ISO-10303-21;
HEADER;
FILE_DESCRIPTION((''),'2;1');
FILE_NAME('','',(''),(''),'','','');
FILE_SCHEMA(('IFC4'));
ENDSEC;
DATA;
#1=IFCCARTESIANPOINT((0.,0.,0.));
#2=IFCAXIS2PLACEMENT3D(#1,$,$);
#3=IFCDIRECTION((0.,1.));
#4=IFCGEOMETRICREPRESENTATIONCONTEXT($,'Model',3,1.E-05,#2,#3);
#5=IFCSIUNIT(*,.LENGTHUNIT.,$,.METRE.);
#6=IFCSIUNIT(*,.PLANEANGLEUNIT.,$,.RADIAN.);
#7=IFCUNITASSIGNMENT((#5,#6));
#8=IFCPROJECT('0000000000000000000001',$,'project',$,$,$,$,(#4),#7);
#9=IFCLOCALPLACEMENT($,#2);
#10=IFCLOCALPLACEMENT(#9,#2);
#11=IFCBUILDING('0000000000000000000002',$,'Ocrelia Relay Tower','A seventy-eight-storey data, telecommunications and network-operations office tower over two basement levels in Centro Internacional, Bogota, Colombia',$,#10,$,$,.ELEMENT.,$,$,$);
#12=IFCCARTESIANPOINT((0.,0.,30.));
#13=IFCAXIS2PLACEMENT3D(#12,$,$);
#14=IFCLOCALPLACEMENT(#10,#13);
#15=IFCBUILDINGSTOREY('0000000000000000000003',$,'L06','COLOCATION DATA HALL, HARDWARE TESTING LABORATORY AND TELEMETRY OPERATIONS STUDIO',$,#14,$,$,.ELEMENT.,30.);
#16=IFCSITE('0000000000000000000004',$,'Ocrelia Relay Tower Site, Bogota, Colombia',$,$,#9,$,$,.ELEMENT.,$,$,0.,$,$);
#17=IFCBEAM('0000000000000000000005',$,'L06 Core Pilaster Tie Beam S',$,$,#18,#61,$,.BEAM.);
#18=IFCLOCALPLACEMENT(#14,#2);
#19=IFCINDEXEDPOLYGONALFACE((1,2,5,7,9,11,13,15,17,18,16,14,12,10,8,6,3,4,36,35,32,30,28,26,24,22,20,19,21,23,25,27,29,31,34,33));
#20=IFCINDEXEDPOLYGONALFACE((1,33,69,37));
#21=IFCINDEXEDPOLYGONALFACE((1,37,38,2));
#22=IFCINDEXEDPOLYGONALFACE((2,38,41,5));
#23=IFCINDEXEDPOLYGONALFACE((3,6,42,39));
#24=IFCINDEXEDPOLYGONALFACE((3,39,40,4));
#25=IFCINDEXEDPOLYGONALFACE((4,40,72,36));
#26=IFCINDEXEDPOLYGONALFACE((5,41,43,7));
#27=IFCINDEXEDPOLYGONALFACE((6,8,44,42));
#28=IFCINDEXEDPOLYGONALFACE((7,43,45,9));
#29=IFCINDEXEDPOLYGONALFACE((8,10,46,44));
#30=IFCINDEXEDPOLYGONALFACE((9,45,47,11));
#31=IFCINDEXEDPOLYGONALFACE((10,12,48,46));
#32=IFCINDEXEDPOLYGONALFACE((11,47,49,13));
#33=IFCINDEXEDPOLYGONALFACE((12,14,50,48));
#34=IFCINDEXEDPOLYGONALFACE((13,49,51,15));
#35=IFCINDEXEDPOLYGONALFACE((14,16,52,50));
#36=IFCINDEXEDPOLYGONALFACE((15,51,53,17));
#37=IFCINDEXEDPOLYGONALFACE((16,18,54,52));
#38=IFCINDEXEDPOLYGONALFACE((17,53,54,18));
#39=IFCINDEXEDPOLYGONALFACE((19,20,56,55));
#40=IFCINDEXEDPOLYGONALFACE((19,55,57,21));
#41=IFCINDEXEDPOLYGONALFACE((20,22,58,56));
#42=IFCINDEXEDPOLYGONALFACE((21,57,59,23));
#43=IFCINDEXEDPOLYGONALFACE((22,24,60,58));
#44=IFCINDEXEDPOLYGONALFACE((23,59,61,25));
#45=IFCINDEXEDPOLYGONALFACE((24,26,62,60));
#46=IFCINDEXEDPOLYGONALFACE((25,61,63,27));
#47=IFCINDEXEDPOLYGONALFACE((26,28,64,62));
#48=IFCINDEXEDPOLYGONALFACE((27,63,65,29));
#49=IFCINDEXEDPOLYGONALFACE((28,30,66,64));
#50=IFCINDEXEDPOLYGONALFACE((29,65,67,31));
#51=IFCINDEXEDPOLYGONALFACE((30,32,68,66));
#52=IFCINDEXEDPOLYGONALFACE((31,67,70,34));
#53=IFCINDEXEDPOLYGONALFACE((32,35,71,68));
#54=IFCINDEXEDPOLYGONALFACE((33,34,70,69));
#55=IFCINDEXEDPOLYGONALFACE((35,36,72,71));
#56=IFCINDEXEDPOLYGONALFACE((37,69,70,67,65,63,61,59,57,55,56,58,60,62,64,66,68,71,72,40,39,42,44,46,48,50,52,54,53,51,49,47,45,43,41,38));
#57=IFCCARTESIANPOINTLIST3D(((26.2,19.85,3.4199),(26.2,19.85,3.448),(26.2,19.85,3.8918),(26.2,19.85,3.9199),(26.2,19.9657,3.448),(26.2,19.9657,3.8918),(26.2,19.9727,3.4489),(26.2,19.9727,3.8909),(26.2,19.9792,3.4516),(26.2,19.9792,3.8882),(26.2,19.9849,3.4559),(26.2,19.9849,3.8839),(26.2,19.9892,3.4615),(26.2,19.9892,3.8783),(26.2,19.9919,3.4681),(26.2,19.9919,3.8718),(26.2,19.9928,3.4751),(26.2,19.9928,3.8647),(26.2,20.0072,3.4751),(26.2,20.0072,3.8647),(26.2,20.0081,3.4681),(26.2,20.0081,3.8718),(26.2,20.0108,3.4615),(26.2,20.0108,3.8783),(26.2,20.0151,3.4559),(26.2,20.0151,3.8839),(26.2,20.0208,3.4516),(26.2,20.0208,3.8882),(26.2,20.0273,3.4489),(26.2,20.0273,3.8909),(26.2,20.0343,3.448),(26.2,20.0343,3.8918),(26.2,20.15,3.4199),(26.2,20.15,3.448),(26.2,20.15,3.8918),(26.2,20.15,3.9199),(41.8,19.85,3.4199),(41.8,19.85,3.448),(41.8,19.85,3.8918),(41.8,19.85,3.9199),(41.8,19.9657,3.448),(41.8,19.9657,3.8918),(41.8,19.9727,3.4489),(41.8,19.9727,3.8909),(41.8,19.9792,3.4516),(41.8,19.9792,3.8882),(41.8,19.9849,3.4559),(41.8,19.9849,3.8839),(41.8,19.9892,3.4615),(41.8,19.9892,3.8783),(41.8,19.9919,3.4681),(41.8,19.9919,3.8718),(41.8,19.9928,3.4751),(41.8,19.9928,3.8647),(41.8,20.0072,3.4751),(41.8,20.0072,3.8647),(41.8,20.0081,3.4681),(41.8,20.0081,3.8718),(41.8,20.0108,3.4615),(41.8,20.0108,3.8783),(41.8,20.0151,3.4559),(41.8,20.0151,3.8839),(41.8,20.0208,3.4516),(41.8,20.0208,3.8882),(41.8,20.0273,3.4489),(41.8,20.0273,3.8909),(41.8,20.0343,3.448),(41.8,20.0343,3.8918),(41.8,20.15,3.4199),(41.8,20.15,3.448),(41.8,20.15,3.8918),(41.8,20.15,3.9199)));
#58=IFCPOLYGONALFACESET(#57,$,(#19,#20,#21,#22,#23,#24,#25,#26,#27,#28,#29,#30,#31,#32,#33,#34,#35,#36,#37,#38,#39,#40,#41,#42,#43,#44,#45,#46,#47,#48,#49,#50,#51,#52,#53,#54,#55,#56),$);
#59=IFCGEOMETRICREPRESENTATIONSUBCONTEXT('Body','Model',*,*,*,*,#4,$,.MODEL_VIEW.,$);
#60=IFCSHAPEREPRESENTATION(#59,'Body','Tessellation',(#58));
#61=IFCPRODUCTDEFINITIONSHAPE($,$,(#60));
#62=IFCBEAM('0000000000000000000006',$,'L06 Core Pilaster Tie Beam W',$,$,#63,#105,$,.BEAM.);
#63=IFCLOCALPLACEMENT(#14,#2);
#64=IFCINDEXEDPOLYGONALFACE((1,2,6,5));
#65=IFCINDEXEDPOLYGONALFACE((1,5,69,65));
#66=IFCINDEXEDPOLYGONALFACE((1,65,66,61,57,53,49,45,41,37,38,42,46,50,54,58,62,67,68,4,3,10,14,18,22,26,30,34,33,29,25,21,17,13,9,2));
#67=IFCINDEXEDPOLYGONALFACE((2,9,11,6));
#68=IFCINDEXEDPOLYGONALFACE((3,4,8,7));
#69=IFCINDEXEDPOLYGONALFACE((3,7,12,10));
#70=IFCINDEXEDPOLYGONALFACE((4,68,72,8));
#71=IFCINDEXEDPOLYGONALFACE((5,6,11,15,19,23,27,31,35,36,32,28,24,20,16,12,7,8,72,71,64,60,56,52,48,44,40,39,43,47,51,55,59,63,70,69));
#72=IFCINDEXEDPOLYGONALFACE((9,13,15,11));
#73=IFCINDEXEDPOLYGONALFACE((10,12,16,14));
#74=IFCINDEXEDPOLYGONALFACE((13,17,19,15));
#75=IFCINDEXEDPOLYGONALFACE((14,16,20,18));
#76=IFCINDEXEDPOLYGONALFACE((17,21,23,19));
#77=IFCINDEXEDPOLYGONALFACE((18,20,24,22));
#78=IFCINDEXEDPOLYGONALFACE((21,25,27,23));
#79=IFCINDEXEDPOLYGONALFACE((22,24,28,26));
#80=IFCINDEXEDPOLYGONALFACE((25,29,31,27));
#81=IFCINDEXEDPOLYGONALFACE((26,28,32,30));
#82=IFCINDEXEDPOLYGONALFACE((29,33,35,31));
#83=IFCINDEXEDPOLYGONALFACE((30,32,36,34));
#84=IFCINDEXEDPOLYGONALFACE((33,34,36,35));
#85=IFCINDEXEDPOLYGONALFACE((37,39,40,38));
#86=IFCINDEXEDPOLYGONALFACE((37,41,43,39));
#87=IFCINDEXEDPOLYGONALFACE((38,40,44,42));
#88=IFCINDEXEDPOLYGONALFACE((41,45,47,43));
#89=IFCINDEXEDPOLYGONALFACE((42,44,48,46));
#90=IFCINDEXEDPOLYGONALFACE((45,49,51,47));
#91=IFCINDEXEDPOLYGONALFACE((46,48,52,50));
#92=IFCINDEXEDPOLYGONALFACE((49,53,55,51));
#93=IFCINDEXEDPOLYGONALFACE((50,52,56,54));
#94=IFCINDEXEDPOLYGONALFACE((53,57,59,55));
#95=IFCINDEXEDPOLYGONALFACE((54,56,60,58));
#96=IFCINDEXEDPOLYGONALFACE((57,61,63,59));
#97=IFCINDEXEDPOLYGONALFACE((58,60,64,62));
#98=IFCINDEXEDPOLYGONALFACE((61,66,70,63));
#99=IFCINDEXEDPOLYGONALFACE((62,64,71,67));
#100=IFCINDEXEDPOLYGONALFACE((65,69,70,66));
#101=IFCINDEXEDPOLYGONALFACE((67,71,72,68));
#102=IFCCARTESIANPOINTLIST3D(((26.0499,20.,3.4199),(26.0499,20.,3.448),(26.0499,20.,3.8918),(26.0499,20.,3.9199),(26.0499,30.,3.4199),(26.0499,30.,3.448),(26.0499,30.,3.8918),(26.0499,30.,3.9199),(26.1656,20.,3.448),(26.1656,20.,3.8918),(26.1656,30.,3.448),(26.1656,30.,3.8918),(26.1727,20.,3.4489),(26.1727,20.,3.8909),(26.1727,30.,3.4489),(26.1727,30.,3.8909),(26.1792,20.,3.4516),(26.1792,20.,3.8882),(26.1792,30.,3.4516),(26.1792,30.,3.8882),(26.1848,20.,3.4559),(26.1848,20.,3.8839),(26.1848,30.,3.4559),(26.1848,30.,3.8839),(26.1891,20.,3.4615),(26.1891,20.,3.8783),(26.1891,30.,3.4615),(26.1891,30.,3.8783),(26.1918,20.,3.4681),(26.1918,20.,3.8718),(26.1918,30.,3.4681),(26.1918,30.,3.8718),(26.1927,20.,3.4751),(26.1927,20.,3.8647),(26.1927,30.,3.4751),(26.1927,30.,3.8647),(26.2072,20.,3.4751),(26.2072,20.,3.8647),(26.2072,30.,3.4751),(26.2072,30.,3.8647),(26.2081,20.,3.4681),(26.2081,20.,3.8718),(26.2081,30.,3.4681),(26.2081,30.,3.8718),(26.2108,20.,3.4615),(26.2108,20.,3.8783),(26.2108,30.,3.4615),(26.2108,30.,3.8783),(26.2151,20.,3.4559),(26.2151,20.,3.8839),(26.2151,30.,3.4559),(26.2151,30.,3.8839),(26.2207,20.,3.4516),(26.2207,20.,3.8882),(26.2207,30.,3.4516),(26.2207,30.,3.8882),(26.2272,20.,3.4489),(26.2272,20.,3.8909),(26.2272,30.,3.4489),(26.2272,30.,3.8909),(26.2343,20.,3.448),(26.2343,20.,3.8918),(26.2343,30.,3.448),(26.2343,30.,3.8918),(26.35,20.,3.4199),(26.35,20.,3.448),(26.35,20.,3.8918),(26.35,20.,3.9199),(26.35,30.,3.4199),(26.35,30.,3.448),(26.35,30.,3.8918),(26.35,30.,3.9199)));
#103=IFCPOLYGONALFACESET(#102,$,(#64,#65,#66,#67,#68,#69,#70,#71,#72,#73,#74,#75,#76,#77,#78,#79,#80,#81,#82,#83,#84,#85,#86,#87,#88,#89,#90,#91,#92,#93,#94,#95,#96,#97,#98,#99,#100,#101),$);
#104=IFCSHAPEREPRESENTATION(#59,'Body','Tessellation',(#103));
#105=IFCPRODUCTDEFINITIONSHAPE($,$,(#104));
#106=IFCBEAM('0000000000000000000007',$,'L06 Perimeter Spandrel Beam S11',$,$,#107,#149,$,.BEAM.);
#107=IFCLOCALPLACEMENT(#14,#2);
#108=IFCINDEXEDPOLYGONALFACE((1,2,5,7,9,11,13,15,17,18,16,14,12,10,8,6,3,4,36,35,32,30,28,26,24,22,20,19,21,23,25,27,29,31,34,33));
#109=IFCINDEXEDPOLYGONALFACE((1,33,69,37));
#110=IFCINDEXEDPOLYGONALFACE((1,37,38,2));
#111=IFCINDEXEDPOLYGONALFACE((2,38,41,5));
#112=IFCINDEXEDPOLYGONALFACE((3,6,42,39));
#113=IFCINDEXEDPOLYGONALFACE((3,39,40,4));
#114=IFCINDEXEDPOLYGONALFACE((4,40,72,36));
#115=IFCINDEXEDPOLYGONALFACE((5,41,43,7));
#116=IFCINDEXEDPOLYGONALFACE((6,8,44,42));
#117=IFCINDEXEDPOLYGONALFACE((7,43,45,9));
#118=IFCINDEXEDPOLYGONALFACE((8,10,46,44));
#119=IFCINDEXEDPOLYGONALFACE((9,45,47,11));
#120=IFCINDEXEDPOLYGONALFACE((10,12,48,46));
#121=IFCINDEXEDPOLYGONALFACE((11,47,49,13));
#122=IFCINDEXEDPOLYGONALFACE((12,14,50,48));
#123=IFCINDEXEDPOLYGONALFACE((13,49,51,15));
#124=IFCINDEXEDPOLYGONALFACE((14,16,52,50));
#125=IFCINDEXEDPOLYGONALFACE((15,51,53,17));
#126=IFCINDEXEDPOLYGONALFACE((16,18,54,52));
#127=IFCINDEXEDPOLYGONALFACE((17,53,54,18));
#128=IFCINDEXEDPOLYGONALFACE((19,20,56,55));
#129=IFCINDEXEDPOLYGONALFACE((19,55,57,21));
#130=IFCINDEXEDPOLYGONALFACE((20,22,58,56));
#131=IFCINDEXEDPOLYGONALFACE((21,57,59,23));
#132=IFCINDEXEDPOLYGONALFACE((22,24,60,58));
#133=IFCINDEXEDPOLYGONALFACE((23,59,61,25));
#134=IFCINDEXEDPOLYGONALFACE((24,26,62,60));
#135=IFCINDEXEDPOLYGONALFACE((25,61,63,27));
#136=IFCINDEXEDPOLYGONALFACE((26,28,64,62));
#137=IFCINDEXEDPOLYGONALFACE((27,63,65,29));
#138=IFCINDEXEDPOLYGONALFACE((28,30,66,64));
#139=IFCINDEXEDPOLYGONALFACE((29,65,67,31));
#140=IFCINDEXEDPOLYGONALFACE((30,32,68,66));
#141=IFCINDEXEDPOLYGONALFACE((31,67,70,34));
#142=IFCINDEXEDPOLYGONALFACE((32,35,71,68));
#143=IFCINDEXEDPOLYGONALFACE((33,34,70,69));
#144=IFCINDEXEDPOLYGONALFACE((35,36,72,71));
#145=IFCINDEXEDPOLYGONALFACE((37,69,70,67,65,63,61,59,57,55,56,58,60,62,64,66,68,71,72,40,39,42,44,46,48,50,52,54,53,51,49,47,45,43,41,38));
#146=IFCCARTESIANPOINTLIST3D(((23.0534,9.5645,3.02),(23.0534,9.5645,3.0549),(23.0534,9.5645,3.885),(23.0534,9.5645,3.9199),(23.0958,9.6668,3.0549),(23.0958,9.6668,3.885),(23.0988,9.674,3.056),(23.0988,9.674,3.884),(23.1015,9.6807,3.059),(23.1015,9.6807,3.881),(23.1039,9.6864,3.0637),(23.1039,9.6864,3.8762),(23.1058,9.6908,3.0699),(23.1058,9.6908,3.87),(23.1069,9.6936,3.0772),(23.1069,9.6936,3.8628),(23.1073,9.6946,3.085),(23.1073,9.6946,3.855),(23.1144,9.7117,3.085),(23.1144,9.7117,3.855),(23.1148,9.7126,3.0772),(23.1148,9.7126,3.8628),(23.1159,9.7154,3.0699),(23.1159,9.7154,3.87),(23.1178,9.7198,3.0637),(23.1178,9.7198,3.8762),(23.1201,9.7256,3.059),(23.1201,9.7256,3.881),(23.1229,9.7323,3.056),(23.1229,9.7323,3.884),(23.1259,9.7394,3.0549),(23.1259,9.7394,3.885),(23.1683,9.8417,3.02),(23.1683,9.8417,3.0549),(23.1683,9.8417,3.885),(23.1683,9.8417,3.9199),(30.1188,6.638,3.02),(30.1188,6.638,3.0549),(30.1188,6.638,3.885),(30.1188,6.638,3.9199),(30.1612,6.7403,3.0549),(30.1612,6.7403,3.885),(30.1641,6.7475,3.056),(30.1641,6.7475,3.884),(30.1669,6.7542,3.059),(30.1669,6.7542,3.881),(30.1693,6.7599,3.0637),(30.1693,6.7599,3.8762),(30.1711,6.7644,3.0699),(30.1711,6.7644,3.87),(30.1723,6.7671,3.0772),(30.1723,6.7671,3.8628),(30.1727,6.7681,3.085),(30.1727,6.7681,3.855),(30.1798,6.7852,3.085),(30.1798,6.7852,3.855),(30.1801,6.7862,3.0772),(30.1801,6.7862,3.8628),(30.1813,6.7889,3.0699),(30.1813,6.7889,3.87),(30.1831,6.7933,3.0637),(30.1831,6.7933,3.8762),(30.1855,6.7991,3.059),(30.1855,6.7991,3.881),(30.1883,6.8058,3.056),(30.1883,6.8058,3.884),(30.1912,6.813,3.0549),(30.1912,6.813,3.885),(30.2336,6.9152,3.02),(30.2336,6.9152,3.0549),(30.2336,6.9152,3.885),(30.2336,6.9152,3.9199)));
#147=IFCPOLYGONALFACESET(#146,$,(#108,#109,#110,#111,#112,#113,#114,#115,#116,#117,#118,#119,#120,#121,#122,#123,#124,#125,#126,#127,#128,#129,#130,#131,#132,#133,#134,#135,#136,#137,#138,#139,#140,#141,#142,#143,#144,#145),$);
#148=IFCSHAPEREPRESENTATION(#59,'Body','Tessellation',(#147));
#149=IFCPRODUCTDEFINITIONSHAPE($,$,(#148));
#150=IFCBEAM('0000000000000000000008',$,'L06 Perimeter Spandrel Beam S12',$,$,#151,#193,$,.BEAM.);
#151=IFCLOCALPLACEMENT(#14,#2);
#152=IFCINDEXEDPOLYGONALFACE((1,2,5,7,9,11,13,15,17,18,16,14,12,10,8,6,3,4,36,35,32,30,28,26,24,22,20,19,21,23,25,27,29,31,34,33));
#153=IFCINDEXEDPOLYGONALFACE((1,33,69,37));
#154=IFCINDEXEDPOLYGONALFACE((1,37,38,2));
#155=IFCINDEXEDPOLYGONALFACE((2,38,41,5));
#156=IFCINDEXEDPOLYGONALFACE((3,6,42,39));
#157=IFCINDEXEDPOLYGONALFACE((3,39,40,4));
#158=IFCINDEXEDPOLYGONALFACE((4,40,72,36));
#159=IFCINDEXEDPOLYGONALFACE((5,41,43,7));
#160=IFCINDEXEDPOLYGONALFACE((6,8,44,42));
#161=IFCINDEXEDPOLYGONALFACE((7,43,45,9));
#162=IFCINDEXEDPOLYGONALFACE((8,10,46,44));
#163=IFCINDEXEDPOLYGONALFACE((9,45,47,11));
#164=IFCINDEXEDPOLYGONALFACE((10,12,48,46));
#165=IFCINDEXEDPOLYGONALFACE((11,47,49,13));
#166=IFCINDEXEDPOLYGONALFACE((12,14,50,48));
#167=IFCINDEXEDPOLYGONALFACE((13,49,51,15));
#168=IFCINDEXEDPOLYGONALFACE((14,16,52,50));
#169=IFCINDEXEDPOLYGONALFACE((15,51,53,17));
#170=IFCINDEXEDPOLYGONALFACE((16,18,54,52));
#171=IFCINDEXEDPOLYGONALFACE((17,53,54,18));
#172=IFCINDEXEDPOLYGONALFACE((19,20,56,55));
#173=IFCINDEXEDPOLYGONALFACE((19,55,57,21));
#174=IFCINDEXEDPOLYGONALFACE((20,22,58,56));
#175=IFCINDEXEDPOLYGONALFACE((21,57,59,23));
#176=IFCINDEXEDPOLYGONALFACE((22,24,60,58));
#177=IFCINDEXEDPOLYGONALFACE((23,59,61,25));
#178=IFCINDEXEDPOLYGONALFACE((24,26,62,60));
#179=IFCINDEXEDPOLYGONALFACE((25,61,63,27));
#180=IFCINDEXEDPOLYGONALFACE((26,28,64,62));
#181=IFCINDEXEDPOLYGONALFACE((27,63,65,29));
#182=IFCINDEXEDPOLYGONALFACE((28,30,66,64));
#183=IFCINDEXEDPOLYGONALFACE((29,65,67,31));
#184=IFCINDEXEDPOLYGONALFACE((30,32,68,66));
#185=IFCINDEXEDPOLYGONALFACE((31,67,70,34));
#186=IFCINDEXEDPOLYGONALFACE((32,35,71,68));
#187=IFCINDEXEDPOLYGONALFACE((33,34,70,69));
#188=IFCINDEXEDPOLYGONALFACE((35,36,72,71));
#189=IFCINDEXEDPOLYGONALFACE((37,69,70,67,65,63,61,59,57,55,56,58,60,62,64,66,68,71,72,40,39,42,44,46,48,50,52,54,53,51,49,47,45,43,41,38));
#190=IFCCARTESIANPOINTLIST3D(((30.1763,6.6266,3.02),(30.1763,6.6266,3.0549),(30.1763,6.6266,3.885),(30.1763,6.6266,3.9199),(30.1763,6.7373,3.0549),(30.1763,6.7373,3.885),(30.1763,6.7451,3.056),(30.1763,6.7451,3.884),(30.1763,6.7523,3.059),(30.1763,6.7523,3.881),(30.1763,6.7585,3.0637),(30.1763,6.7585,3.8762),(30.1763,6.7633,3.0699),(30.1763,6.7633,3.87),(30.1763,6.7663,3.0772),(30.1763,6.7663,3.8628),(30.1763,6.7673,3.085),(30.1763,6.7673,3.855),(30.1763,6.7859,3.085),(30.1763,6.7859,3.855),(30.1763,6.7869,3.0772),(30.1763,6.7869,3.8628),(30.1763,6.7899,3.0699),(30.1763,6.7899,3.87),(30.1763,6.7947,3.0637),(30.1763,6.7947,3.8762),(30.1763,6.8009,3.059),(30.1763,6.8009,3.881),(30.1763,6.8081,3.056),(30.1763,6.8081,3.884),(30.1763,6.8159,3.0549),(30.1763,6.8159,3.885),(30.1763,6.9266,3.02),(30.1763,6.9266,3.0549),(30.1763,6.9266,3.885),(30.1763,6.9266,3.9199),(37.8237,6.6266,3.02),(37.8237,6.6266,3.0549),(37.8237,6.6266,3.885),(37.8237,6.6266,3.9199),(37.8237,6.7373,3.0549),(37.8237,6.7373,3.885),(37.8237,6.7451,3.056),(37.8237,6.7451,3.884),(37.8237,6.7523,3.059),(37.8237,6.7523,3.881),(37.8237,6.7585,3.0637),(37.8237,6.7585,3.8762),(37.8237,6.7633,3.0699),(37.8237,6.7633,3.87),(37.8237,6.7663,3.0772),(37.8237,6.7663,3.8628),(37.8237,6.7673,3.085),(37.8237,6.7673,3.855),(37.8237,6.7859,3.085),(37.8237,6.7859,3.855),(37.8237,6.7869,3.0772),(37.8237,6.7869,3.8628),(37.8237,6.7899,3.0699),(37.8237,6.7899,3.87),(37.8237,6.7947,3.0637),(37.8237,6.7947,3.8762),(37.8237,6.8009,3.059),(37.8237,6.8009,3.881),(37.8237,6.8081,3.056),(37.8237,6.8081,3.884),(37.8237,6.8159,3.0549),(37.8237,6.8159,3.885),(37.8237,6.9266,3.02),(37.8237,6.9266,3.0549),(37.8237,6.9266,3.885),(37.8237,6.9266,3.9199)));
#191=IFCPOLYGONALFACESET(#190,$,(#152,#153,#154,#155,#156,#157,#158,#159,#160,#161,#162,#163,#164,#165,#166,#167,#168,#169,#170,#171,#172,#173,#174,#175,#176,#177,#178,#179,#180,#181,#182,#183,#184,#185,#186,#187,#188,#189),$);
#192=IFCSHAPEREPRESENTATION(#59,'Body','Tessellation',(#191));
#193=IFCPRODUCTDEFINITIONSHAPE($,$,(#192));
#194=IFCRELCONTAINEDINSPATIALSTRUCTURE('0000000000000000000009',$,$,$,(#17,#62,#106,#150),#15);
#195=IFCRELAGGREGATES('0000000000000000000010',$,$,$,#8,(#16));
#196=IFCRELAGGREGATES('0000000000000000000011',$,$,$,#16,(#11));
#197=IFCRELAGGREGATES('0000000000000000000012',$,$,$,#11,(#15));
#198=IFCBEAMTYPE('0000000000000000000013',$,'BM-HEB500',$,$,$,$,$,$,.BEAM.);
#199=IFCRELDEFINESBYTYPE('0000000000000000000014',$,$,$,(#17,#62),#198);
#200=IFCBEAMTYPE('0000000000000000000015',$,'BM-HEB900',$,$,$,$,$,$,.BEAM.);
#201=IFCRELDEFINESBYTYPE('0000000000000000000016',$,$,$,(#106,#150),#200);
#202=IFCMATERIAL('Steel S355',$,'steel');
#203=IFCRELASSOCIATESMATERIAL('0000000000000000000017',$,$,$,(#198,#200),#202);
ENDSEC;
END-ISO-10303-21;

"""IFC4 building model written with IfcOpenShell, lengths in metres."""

from ifc_helpers import new_model, si_unit, direction, frame, origin, origin_2d, place, context, subcontext, project, spatial, i_section, extrude, material, material_profile, profile_set, type_object, element, save


model = new_model("IFC4")

# Units and contexts
model_context = context("Model", 3, precision=1e-05, world=origin(), true_north=direction((0.0, 1.0)))
body_context = subcontext(model_context, "Body", "Model", "MODEL_VIEW")
ifc_project = project(units=[si_unit("LENGTHUNIT", "METRE"), si_unit("PLANEANGLEUNIT", "RADIAN")], contexts=[model_context])

# Site, building, storey
site_placement = place(None, origin())
site = spatial("IfcSite", under=ifc_project, at=site_placement, Name="Ocrelia Relay Tower Site, Bogota, Colombia", CompositionType="ELEMENT", RefElevation=0.0)
building_placement = place(site_placement, origin())
building = spatial("IfcBuilding", under=site, at=building_placement, Name="Ocrelia Relay Tower", Description="A seventy-eight-storey data, telecommunications and network-operations office tower over two basement levels in Centro Internacional, Bogota, Colombia", CompositionType="ELEMENT")
storey_placement = place(building_placement, frame((0.0, 0.0, 30.0)))
storey = spatial("IfcBuildingStorey", under=building, at=storey_placement, Name="L06", Description="COLOCATION DATA HALL, HARDWARE TESTING LABORATORY AND TELEMETRY OPERATIONS STUDIO", CompositionType="ELEMENT", Elevation=30.0)

# Beams
ifc_material_1 = material(Name="Steel S355", Category="steel")
ifc_material_profile_1 = material_profile(ifc_material_1, i_section(OverallWidth=0.3, OverallDepth=0.5, WebThickness=0.0144, FlangeThickness=0.0281, FilletRadius=0.0271, at=origin_2d()), Name="HEB 500")
ifc_profile_set_1 = profile_set([ifc_material_profile_1], Name="Steel S355")
beam_type_1 = type_object("IfcBeamType", Name="BM-HEB500", PredefinedType="BEAM", material=ifc_profile_set_1)
beam_1_placement = place(storey_placement, frame((26.2, 20.0, 3.6699), z_axis=(1.0, 0.0, 0.0), x_axis=(0.0, 1.0, 0.0)))
element("IfcBeam", 1, at=beam_1_placement, inside=storey, type_object=beam_type_1, Name="L06 Core Pilaster Tie Beam S", PredefinedType="BEAM", context=body_context, shape_type="SweptSolid", body=[
    extrude(i_section(OverallWidth=0.3, OverallDepth=0.5, WebThickness=0.0144, FlangeThickness=0.0281, FilletRadius=0.0271, at=origin_2d()), origin(), (0.0, 0.0, 1.0), 15.6001),
])
beam_2_placement = place(storey_placement, frame((26.2, 20.0, 3.6699), z_axis=(0.0, 1.0, 0.0), x_axis=(-1.0, 0.0, 0.0)))
element("IfcBeam", 2, at=beam_2_placement, inside=storey, type_object=beam_type_1, Name="L06 Core Pilaster Tie Beam W", PredefinedType="BEAM", context=body_context, shape_type="SweptSolid", body=[
    extrude(i_section(OverallWidth=0.3, OverallDepth=0.5, WebThickness=0.0144, FlangeThickness=0.0281, FilletRadius=0.0271, at=origin_2d()), origin(), (0.0, 0.0, 1.0), 10.0),
])
ifc_material_profile_2 = material_profile(ifc_material_1, i_section(OverallWidth=0.3, OverallDepth=0.8999, WebThickness=0.0186, FlangeThickness=0.0349, FilletRadius=0.03, at=origin_2d()), Name="HEB 900")
ifc_profile_set_2 = profile_set([ifc_material_profile_2], Name="Steel S355")
beam_type_2 = type_object("IfcBeamType", Name="BM-HEB900", PredefinedType="BEAM", material=ifc_profile_set_2)
for number, where, z_axis, x_axis, name in (
    (3, (23.1108, 9.7031, 3.47), (0.923883, -0.382674, 0.0), (0.382674, 0.923883, 0.0), "L06 Perimeter Spandrel Beam S11"),
    (4, (30.1763, 6.7766, 3.47), (1.0, 0.0, 0.0), (0.0, 1.0, 0.0), "L06 Perimeter Spandrel Beam S12"),
):
    element("IfcBeam", number, at=place(storey_placement, frame(where, z_axis=z_axis, x_axis=x_axis)), inside=storey, type_object=beam_type_2, Name=name, PredefinedType="BEAM", context=body_context, shape_type="SweptSolid", body=[
        extrude(i_section(OverallWidth=0.3, OverallDepth=0.8999, WebThickness=0.0186, FlangeThickness=0.0349, FilletRadius=0.03, at=origin_2d()), origin(), (0.0, 0.0, 1.0), 7.6475),
    ])

save(model, "model.ifc")
